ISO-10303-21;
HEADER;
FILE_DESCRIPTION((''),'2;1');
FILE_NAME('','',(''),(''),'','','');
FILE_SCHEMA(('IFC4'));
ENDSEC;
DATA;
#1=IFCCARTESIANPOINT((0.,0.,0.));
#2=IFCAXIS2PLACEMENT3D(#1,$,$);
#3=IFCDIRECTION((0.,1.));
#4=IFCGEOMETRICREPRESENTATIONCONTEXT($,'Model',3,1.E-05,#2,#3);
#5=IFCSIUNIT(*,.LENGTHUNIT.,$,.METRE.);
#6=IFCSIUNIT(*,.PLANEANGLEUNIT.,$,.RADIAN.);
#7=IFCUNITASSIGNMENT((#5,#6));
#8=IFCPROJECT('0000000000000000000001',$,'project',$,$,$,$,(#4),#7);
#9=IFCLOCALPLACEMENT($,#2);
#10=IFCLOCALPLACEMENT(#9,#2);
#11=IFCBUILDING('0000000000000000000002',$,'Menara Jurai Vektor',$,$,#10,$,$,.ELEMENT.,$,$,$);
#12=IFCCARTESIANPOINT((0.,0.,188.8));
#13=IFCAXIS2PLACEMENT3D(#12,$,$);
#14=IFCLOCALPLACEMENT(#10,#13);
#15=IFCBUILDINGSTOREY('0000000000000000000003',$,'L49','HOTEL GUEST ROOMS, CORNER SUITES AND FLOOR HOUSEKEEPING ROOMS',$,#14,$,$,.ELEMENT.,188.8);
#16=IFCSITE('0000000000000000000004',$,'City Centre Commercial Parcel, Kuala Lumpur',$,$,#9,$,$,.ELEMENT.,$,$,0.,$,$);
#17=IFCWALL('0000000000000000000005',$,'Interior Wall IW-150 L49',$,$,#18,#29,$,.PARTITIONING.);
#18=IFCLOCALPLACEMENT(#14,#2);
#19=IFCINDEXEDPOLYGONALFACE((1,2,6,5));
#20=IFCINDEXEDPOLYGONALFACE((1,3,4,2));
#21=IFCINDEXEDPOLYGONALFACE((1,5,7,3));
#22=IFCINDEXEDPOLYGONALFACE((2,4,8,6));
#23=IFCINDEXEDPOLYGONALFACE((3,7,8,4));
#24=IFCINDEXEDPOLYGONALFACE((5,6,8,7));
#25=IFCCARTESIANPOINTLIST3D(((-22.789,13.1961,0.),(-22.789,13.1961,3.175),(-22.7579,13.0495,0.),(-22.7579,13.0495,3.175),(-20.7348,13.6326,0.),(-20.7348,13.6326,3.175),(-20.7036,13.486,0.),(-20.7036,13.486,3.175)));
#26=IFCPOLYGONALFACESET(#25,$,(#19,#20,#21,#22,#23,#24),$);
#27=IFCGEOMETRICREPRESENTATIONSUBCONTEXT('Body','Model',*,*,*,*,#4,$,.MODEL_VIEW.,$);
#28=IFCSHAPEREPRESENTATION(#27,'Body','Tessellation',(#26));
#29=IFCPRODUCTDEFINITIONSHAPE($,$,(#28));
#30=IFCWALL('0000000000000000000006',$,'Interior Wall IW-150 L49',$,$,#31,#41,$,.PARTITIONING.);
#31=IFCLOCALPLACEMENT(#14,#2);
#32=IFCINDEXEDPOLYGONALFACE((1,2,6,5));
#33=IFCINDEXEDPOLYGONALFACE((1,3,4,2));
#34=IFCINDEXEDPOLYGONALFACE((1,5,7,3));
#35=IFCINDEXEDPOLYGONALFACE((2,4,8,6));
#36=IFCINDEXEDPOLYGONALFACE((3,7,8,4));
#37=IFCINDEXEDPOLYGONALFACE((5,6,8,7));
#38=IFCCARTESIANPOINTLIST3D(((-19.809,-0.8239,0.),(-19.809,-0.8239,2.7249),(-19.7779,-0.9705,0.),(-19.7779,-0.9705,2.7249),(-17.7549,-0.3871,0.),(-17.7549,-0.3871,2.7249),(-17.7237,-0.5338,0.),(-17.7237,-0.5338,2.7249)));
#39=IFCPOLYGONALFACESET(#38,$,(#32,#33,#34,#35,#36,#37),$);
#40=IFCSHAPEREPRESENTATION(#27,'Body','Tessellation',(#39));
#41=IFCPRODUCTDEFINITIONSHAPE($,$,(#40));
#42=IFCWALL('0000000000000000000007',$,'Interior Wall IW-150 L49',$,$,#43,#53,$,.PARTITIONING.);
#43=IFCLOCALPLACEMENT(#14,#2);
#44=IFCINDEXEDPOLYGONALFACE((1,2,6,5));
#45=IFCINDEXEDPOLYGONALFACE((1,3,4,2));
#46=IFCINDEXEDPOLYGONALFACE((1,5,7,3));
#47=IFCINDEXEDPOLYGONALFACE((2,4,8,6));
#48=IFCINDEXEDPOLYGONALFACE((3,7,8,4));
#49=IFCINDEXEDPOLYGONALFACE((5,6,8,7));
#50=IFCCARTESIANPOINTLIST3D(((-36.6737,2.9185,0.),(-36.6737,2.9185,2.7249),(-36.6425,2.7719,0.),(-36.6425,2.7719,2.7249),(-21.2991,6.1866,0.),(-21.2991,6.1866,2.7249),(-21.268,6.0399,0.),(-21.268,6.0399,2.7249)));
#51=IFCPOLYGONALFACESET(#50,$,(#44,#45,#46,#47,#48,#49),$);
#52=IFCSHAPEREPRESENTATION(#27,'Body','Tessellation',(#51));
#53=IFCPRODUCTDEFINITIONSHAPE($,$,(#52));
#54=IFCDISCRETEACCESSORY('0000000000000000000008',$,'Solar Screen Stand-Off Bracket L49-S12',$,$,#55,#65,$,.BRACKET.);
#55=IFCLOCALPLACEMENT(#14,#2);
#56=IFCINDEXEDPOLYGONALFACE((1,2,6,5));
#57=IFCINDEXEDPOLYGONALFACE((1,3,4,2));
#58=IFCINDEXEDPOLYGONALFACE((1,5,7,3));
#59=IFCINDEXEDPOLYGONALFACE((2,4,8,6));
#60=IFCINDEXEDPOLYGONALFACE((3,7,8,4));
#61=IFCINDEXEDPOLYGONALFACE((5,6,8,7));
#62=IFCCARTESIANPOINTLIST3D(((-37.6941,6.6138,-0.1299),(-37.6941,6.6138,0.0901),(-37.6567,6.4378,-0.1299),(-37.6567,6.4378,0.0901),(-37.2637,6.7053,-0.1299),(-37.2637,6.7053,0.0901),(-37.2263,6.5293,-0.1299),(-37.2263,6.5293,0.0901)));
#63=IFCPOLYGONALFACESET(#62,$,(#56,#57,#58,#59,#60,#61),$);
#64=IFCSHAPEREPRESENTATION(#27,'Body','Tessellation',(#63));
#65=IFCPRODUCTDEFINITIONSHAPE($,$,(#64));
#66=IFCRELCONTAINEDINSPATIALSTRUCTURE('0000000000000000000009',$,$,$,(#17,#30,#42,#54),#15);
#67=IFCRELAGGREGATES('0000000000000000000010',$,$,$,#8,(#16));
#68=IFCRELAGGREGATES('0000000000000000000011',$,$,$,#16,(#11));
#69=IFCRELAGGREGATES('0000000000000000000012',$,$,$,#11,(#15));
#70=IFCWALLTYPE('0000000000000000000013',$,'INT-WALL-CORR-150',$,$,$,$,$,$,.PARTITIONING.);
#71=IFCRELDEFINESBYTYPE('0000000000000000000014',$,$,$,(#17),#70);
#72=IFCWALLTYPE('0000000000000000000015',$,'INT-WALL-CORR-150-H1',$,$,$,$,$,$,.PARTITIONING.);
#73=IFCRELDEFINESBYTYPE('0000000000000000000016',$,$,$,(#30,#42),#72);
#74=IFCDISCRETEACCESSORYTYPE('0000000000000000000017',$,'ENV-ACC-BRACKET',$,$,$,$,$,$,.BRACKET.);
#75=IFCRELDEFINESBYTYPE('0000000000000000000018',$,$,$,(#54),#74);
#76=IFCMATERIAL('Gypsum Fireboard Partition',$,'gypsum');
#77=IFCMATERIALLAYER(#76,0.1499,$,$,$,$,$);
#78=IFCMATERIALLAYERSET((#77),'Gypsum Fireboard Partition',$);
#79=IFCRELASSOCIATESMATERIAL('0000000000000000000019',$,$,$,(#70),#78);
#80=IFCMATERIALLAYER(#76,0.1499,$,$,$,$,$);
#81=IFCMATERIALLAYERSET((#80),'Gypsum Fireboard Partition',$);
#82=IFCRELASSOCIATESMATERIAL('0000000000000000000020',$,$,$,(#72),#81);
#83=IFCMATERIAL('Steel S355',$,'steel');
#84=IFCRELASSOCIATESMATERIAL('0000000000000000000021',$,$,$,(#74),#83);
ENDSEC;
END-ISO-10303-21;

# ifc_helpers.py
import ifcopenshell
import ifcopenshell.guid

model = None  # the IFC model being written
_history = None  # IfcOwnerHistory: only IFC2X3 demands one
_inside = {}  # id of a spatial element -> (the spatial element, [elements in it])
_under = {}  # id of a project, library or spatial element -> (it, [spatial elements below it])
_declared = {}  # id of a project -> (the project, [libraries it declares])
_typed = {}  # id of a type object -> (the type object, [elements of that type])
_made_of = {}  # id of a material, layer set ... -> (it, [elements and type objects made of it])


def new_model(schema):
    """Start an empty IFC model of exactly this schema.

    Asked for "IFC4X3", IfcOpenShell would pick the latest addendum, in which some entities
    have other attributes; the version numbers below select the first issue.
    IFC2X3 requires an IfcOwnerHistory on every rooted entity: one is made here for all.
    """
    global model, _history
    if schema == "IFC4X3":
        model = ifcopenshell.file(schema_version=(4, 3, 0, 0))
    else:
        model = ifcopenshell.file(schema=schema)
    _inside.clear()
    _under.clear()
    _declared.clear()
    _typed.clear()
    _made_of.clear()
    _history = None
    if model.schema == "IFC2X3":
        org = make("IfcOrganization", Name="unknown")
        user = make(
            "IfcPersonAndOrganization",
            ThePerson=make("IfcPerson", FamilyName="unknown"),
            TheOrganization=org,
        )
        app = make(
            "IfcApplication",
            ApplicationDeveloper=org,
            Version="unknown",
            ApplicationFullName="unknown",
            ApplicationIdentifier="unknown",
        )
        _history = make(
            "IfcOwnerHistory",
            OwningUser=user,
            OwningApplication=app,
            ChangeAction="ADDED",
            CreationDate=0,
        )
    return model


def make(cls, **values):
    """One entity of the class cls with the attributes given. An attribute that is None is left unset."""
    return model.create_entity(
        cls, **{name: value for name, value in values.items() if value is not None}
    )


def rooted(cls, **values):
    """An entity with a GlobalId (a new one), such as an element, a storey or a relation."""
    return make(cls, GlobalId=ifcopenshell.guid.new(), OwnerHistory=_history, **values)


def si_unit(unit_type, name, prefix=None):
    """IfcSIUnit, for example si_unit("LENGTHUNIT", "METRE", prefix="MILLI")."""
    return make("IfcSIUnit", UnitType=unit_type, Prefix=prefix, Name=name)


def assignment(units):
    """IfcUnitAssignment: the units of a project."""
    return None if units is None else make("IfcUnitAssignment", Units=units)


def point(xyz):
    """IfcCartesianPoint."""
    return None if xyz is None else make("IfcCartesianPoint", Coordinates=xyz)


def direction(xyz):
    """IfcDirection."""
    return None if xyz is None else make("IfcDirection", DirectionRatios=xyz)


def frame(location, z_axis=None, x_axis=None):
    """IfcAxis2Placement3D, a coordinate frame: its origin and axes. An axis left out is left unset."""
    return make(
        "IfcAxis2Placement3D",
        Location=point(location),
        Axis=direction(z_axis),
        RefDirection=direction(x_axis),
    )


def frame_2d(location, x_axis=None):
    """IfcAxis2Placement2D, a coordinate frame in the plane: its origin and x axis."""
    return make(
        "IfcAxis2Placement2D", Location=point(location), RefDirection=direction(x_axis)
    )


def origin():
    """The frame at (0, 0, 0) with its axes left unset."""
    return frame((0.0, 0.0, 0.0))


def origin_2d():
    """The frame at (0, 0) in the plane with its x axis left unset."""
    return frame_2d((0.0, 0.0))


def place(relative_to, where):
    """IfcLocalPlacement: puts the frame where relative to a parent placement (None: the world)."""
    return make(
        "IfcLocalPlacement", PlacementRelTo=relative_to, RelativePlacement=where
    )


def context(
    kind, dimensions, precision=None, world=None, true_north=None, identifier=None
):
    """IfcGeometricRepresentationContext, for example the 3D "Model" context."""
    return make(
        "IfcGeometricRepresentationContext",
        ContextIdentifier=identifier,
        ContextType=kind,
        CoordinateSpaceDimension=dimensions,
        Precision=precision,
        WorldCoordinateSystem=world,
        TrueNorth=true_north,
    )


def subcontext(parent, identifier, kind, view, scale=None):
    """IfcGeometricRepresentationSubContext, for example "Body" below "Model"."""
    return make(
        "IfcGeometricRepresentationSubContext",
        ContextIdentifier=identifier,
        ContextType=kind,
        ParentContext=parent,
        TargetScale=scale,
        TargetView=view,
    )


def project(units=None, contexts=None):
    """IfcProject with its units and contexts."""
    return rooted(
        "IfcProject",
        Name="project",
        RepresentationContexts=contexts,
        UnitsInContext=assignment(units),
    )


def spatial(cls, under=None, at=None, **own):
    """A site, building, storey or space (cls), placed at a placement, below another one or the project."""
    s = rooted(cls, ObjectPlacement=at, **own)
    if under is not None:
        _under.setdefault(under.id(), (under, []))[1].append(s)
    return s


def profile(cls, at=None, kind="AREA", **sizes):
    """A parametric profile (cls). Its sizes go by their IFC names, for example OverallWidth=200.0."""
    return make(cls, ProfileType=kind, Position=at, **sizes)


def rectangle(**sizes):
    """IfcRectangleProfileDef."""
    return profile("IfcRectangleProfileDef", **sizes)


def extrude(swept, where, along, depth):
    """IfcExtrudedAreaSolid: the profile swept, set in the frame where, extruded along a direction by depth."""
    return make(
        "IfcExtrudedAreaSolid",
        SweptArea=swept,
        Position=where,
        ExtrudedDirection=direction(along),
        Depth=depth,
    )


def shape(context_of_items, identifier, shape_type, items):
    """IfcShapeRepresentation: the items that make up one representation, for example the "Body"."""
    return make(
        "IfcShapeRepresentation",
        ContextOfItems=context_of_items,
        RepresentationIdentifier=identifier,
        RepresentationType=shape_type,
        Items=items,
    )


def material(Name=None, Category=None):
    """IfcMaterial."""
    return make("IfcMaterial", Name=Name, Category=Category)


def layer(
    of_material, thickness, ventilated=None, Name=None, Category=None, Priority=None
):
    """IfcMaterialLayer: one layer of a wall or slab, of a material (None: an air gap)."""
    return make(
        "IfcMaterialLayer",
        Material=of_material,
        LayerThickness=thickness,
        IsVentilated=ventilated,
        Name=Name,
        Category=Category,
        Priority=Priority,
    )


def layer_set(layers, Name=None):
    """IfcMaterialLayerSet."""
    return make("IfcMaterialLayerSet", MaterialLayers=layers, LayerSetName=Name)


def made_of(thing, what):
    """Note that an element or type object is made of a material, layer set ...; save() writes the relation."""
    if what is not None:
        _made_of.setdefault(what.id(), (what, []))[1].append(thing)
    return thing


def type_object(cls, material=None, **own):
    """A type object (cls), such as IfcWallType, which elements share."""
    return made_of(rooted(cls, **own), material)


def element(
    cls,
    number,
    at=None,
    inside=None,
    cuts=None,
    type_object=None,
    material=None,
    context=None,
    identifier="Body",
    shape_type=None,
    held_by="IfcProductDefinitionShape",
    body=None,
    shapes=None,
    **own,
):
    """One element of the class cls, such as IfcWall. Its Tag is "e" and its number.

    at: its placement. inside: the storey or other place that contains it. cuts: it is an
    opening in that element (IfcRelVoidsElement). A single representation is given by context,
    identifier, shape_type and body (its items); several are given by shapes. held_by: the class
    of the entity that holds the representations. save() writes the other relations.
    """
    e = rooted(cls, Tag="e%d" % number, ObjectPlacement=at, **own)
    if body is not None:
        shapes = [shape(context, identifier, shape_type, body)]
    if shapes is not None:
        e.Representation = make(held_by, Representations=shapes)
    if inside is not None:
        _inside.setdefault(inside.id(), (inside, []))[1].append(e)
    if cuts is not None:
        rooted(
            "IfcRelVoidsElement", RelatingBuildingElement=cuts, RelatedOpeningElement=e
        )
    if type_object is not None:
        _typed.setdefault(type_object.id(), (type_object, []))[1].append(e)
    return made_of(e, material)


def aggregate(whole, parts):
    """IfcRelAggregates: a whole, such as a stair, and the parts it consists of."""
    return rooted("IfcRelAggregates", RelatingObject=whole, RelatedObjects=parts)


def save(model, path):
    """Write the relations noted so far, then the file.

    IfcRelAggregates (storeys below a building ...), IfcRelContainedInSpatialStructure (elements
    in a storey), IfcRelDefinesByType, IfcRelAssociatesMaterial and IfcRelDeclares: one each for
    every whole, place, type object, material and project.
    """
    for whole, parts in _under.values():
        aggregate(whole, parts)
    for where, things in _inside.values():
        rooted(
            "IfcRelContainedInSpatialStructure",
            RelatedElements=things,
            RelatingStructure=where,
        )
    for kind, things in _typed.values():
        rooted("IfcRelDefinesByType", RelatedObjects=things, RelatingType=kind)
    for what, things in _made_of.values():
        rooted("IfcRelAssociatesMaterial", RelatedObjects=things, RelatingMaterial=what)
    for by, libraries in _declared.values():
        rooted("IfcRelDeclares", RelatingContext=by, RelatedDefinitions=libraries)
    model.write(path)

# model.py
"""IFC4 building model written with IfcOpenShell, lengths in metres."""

from ifc_helpers import new_model, si_unit, direction, frame, frame_2d, origin, origin_2d, place, context, subcontext, project, spatial, rectangle, extrude, material, layer, layer_set, type_object, element, save


model = new_model("IFC4")

# Units and contexts
model_context = context("Model", 3, precision=1e-05, world=origin(), true_north=direction((0.0, 1.0)))
body_context = subcontext(model_context, "Body", "Model", "MODEL_VIEW")
ifc_project = project(units=[si_unit("LENGTHUNIT", "METRE"), si_unit("PLANEANGLEUNIT", "RADIAN")], contexts=[model_context])

# Site, building, storey
site_placement = place(None, origin())
site = spatial("IfcSite", under=ifc_project, at=site_placement, Name="City Centre Commercial Parcel, Kuala Lumpur", CompositionType="ELEMENT", RefElevation=0.0)
building_placement = place(site_placement, origin())
building = spatial("IfcBuilding", under=site, at=building_placement, Name="Menara Jurai Vektor", CompositionType="ELEMENT")
storey_placement = place(building_placement, frame((0.0, 0.0, 188.8)))
storey = spatial("IfcBuildingStorey", under=building, at=storey_placement, Name="L49", Description="HOTEL GUEST ROOMS, CORNER SUITES AND FLOOR HOUSEKEEPING ROOMS", CompositionType="ELEMENT", Elevation=188.8)

# Shared definitions
ifc_material_1 = material(Name="Steel S355", Category="steel")

# Shared definitions
ifc_material_2 = material(Name="Gypsum Fireboard Partition", Category="gypsum")
ifc_layer_1 = layer(ifc_material_2, 0.1499)
ifc_layer_set_1 = layer_set([ifc_layer_1], Name="Gypsum Fireboard Partition")
wall_type_1 = type_object("IfcWallType", Name="INT-WALL-CORR-150", PredefinedType="PARTITIONING", material=ifc_layer_set_1)

# Wall
wall_1_placement = place(storey_placement, frame((-22.7734, 13.1228, 0.0), z_axis=(0.0, 0.0, 1.0), x_axis=(0.978158, 0.207862, 0.0)))
element("IfcWall", 1, at=wall_1_placement, inside=storey, type_object=wall_type_1, Name="Interior Wall IW-150 L49", PredefinedType="PARTITIONING", context=body_context, shape_type="SweptSolid", body=[
    extrude(rectangle(XDim=2.1001, YDim=0.1499, at=frame_2d((1.05, 0.0))), origin(), (0.0, 0.0, 1.0), 3.175),
])

# Walls
ifc_layer_2 = layer(ifc_material_2, 0.1499)
ifc_layer_set_2 = layer_set([ifc_layer_2], Name="Gypsum Fireboard Partition")
wall_type_2 = type_object("IfcWallType", Name="INT-WALL-CORR-150-H1", PredefinedType="PARTITIONING", material=ifc_layer_set_2)
wall_2_placement = place(storey_placement, frame((-19.7935, -0.8972, 0.0), z_axis=(0.0, 0.0, 1.0), x_axis=(0.978135, 0.207973, 0.0)))
element("IfcWall", 2, at=wall_2_placement, inside=storey, type_object=wall_type_2, Name="Interior Wall IW-150 L49", PredefinedType="PARTITIONING", context=body_context, shape_type="SweptSolid", body=[
    extrude(rectangle(XDim=2.1001, YDim=0.1499, at=frame_2d((1.05, 0.0))), origin(), (0.0, 0.0, 1.0), 2.7249),
])
wall_3_placement = place(storey_placement, frame((-36.658, 2.8452, 0.0), z_axis=(0.0, 0.0, 1.0), x_axis=(0.978146, 0.207919, 0.0)))
element("IfcWall", 3, at=wall_3_placement, inside=storey, type_object=wall_type_2, Name="Interior Wall IW-150 L49", PredefinedType="PARTITIONING", context=body_context, shape_type="SweptSolid", body=[
    extrude(rectangle(XDim=15.718, YDim=0.1499, at=frame_2d((7.8589, 0.0))), origin(), (0.0, 0.0, 1.0), 2.7249),
])

# Discrete accessory
discrete_accessory_type = type_object("IfcDiscreteAccessoryType", Name="ENV-ACC-BRACKET", PredefinedType="BRACKET", material=ifc_material_1)
discrete_accessory_placement = place(storey_placement, frame((-37.4602, 6.5715, -0.1299), z_axis=(0.0, 0.0, 1.0), x_axis=(0.207912, -0.978148, 0.0)))
element("IfcDiscreteAccessory", 4, at=discrete_accessory_placement, inside=storey, type_object=discrete_accessory_type, Name="Solar Screen Stand-Off Bracket L49-S12", PredefinedType="BRACKET", context=body_context, shape_type="SweptSolid", body=[
    extrude(rectangle(XDim=0.1799, YDim=0.4399, at=origin_2d()), origin(), (0.0, 0.0, 1.0), 0.22),
])

save(model, "model.ifc")
